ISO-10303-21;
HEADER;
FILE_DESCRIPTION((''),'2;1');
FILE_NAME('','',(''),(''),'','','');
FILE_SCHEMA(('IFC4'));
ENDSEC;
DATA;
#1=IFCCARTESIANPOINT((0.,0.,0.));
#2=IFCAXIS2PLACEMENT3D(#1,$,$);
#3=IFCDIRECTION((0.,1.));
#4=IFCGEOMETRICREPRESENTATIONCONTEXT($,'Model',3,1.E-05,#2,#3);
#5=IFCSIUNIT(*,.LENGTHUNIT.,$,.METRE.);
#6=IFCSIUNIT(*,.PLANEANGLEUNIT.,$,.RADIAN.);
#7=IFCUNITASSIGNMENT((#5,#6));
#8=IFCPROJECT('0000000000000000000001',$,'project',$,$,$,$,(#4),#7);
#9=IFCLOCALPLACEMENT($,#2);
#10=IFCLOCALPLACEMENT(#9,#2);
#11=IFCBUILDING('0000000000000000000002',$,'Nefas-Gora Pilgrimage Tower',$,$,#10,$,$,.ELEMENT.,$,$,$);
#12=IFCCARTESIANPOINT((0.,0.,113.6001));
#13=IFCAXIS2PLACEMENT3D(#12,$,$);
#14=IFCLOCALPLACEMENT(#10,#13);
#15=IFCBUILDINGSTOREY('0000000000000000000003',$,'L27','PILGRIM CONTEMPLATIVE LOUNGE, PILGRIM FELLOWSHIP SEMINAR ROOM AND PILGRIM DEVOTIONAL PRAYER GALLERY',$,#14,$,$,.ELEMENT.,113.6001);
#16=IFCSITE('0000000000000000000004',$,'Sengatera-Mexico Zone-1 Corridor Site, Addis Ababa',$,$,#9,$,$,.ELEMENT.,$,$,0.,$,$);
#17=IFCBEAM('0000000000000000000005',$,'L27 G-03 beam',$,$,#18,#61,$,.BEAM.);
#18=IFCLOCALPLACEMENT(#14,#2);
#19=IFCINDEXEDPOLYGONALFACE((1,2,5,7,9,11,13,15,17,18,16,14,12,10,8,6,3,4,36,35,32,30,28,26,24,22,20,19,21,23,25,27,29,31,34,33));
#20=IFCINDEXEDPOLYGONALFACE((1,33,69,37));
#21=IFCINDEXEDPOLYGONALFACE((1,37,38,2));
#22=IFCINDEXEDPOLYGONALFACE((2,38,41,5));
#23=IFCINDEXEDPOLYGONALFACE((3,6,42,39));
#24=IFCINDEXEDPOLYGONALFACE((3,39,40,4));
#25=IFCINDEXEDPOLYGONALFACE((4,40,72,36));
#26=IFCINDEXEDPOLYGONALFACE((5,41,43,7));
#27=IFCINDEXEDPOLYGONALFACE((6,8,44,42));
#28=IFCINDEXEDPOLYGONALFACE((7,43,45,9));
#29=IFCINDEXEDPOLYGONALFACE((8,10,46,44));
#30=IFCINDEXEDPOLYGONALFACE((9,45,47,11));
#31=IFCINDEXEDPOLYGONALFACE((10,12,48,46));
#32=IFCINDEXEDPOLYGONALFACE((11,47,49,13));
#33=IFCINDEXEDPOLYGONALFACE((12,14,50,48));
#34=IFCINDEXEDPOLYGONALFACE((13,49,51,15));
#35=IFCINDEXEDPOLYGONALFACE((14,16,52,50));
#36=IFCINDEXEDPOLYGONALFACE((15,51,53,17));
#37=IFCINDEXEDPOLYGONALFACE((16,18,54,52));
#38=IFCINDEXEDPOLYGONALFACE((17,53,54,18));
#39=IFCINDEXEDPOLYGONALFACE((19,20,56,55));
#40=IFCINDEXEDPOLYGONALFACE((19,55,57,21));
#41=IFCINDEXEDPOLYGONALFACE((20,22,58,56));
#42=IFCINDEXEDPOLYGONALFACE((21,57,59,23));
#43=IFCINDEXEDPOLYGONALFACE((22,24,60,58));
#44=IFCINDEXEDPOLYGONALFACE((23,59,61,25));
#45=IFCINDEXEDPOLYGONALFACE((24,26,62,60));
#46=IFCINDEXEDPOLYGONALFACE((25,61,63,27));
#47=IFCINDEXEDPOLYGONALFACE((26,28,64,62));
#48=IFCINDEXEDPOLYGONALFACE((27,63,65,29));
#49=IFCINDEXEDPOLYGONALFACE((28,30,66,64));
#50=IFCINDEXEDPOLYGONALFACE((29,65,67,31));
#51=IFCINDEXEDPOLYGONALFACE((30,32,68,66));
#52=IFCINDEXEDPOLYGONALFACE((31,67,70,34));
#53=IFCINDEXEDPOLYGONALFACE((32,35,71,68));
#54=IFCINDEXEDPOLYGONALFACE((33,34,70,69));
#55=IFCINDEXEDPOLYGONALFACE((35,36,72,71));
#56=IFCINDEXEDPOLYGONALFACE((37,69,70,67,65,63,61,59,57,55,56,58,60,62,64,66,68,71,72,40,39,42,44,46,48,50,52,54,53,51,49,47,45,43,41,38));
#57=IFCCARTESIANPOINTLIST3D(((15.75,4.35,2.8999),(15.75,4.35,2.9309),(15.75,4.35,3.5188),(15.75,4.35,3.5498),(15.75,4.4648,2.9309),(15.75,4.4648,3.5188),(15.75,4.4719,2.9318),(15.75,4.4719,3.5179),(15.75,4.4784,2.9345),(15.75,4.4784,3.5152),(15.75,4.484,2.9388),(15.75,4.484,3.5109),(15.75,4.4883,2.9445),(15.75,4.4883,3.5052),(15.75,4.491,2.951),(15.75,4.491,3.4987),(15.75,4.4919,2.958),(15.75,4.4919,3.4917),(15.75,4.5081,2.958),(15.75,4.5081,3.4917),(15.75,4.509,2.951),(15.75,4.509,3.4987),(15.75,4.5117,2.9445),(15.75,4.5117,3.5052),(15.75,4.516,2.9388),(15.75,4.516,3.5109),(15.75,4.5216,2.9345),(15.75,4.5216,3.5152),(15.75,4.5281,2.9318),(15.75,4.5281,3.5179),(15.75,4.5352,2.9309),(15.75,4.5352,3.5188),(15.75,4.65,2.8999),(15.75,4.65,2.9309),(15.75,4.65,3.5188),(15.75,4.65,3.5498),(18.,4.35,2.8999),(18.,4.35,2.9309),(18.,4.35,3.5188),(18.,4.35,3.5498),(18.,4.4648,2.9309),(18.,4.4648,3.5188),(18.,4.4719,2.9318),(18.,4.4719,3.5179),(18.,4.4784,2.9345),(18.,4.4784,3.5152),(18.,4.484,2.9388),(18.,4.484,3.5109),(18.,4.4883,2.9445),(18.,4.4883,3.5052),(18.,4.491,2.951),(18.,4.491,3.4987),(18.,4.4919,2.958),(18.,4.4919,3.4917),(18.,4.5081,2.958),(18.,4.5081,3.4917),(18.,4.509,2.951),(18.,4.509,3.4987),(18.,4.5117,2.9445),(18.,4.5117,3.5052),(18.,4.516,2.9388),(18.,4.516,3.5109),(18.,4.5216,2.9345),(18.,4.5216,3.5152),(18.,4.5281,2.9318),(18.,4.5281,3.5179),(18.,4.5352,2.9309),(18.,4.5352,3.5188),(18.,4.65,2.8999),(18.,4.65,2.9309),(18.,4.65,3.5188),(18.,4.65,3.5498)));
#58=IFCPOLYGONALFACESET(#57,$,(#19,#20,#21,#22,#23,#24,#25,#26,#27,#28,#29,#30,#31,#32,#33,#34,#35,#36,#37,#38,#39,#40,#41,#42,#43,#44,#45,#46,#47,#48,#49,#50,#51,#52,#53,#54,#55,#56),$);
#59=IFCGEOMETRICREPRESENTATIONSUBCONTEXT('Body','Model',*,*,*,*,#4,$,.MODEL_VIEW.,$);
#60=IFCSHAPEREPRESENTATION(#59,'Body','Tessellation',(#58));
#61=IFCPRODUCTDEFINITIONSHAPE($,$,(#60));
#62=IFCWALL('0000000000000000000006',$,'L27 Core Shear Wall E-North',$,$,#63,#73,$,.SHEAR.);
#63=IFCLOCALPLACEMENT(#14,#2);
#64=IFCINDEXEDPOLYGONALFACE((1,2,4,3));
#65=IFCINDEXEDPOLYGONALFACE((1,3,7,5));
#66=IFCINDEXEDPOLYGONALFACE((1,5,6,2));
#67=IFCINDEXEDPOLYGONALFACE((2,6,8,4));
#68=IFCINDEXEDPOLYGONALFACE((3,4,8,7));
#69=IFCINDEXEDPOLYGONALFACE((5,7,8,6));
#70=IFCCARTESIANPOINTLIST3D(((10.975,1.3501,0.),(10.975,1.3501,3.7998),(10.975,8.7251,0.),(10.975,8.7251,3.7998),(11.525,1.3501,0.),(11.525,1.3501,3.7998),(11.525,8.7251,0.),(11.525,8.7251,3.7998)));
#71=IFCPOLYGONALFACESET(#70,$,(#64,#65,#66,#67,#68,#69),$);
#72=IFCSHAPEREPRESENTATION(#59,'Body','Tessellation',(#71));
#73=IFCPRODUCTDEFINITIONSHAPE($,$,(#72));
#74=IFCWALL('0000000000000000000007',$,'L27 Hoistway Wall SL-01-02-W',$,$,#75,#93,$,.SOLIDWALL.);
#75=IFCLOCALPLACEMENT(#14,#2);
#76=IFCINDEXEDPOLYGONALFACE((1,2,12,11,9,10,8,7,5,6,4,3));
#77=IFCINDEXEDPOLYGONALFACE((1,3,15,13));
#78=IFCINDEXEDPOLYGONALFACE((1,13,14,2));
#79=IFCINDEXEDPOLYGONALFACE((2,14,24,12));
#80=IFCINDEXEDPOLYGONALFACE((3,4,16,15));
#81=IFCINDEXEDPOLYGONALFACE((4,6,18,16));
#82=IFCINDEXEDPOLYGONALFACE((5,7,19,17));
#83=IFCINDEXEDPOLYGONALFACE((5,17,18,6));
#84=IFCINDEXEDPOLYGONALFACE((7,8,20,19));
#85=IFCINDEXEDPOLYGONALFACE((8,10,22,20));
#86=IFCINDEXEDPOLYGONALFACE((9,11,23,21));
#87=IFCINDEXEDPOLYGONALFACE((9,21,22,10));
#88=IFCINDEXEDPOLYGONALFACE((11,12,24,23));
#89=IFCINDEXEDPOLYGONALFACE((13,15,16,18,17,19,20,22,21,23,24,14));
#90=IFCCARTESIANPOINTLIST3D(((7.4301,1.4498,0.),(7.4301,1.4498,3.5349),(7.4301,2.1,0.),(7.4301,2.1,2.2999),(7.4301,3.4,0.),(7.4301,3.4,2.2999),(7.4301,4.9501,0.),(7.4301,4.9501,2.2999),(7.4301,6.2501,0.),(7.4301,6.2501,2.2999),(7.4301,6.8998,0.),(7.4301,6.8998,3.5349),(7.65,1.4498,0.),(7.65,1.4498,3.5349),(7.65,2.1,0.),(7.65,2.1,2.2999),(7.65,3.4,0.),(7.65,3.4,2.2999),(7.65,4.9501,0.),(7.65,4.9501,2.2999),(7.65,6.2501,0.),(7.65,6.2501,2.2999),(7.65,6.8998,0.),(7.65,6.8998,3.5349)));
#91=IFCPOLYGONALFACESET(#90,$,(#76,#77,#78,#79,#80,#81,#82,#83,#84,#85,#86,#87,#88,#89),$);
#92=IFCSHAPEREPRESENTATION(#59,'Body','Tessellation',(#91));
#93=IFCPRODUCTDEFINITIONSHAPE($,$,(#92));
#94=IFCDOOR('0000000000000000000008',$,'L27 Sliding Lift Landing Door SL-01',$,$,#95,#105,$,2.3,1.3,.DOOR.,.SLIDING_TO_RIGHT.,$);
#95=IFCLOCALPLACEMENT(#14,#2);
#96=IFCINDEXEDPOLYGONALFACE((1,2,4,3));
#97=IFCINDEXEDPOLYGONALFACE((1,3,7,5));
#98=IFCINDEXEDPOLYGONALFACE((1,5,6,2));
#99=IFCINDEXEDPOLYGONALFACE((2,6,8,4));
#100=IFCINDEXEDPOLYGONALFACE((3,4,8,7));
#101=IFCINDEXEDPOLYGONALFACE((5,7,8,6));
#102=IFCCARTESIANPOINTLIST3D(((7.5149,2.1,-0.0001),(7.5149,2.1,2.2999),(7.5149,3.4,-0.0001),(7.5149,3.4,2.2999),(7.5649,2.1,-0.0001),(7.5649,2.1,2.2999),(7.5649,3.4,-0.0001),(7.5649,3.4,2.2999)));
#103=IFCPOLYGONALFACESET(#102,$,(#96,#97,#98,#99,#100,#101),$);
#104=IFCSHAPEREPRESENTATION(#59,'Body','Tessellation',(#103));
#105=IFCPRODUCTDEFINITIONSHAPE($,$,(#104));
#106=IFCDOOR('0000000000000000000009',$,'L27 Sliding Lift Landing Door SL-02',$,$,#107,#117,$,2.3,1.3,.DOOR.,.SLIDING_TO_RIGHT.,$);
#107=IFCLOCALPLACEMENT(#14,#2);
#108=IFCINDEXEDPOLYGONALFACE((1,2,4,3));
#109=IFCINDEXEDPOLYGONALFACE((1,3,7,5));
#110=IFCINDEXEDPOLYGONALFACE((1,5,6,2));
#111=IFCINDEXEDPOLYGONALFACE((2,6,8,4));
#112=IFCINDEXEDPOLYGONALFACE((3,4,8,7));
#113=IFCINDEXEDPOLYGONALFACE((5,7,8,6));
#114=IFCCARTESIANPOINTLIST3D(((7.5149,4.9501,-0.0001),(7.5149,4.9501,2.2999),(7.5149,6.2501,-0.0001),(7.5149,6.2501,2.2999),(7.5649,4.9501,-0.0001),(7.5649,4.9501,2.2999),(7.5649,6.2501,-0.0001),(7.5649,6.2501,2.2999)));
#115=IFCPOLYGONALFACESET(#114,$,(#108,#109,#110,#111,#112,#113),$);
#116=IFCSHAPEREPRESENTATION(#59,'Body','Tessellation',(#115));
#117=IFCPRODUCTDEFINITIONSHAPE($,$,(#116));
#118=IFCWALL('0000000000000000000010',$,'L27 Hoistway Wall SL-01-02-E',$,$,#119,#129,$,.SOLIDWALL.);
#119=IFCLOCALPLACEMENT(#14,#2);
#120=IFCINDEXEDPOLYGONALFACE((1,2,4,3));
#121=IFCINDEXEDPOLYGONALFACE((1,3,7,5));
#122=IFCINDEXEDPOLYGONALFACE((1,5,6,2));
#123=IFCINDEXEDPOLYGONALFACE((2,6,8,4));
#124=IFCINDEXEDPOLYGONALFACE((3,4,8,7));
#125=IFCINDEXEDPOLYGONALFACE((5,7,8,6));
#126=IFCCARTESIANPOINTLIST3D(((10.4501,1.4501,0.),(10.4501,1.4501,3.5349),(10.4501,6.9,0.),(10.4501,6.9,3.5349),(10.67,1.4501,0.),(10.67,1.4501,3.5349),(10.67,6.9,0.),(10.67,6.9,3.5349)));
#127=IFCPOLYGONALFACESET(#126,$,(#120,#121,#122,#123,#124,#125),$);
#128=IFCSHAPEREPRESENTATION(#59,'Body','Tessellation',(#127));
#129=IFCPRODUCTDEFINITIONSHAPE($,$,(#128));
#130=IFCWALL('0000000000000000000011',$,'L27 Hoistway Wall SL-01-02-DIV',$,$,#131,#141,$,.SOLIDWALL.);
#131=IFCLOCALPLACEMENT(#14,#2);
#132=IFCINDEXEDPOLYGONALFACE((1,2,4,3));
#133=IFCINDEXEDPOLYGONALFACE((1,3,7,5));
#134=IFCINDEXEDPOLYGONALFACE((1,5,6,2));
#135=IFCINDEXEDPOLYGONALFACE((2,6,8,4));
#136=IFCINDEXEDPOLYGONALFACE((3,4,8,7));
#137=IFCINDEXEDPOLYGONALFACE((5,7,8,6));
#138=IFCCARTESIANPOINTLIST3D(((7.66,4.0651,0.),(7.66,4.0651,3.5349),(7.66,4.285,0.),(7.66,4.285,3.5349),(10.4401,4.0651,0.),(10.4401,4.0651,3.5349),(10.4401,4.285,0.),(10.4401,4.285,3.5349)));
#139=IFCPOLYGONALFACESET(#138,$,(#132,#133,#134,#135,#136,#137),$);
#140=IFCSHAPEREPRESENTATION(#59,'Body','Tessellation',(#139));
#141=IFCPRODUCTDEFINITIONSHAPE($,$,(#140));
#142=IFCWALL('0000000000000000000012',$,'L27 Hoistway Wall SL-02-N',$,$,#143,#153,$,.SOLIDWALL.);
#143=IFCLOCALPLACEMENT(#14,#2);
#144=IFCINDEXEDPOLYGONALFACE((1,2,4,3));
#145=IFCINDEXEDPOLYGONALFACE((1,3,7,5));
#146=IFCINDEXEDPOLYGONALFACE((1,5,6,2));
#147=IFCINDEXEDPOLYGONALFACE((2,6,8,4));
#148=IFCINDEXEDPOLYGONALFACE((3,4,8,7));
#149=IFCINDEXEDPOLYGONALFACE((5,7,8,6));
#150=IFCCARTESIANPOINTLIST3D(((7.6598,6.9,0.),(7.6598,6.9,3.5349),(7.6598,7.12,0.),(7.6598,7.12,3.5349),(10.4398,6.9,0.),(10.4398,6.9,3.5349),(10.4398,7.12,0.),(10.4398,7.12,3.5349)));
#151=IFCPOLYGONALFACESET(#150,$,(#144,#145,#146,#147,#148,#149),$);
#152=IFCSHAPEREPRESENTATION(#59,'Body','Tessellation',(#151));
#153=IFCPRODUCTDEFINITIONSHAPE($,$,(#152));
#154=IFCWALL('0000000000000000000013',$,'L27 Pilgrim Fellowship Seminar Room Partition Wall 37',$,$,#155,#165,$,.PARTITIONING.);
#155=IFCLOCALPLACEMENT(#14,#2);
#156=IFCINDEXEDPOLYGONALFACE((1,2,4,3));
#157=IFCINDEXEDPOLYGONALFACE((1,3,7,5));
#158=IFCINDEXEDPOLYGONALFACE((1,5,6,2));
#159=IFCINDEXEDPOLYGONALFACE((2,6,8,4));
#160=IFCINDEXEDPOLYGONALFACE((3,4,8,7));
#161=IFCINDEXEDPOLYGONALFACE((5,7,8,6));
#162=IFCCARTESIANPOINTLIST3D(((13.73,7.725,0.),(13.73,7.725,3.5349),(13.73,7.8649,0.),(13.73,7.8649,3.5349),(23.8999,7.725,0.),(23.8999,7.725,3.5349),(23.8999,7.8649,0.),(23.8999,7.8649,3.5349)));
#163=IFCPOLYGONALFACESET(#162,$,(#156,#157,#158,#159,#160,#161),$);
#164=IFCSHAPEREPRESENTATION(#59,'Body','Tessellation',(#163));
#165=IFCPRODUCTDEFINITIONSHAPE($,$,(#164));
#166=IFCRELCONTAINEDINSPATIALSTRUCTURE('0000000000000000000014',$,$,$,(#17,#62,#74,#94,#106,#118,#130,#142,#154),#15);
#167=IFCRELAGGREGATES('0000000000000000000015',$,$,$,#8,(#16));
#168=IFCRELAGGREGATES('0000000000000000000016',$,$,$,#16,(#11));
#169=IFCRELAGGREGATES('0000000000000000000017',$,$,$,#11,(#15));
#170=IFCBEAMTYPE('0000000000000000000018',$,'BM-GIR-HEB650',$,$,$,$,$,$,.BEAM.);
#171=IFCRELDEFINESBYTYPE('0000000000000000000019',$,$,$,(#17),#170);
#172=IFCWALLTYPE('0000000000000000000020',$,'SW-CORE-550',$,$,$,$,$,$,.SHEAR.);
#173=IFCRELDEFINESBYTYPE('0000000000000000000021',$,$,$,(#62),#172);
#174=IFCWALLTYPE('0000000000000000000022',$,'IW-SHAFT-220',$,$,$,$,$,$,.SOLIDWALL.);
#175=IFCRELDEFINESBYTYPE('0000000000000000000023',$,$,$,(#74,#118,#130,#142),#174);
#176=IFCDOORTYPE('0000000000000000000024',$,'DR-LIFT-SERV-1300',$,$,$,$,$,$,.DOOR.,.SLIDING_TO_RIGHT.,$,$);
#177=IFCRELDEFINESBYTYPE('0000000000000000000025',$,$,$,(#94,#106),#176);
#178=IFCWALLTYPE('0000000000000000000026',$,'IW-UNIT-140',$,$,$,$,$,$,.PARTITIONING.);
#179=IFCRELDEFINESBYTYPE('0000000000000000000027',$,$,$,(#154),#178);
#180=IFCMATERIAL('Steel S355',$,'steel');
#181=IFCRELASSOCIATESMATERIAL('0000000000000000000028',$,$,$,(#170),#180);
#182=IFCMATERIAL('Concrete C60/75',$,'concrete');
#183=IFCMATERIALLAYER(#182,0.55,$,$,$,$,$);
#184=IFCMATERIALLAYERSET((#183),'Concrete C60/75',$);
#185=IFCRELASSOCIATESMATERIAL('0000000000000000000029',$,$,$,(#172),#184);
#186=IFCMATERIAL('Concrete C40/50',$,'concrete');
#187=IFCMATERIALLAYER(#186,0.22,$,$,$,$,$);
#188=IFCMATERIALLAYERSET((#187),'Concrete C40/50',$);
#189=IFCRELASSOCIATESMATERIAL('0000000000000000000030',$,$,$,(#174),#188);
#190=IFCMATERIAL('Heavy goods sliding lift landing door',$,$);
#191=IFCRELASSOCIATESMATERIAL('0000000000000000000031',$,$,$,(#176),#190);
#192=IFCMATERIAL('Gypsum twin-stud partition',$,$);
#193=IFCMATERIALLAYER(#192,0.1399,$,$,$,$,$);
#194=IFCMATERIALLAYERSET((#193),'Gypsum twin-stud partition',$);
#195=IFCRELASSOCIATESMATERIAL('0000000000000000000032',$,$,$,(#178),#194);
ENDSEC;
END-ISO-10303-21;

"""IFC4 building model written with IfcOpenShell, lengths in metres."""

from ifc_helpers import new_model, si_unit, direction, frame, frame_2d, origin, origin_2d, place, context, subcontext, project, spatial, rectangle, i_section, extrude, source, transform, mapped, material, layer, layer_set, material_profile, profile_set, type_object, element, fill, save


model = new_model("IFC4")

# Units and contexts
model_context = context("Model", 3, precision=1e-05, world=origin(), true_north=direction((0.0, 1.0)))
body_context = subcontext(model_context, "Body", "Model", "MODEL_VIEW")
ifc_project = project(units=[si_unit("LENGTHUNIT", "METRE"), si_unit("PLANEANGLEUNIT", "RADIAN")], contexts=[model_context])

# Site, building, storey
site_placement = place(None, origin())
site = spatial("IfcSite", under=ifc_project, at=site_placement, Name="Sengatera-Mexico Zone-1 Corridor Site, Addis Ababa", CompositionType="ELEMENT", RefElevation=0.0)
building_placement = place(site_placement, origin())
building = spatial("IfcBuilding", under=site, at=building_placement, Name="Nefas-Gora Pilgrimage Tower", CompositionType="ELEMENT")
storey_placement = place(building_placement, frame((0.0, 0.0, 113.6001)))
storey = spatial("IfcBuildingStorey", under=building, at=storey_placement, Name="L27", Description="PILGRIM CONTEMPLATIVE LOUNGE, PILGRIM FELLOWSHIP SEMINAR ROOM AND PILGRIM DEVOTIONAL PRAYER GALLERY", CompositionType="ELEMENT", Elevation=113.6001)

# Beam
ifc_material_1 = material(Name="Steel S355", Category="steel")
ifc_material_profile_1 = material_profile(ifc_material_1, i_section(OverallWidth=0.3, OverallDepth=0.6499, WebThickness=0.0161, FlangeThickness=0.031, FilletRadius=0.0271, at=origin_2d()), Name="HEB 650")
ifc_profile_set_1 = profile_set([ifc_material_profile_1], Name="Steel S355")
beam_type = type_object("IfcBeamType", Name="BM-GIR-HEB650", PredefinedType="BEAM", material=ifc_profile_set_1)
shared_shape_1 = source(origin(), body_context, "Body", "SweptSolid", [
    extrude(i_section(OverallWidth=0.3, OverallDepth=0.6499, WebThickness=0.0161, FlangeThickness=0.031, FilletRadius=0.0271, at=origin_2d()), origin(), (0.0, 0.0, 1.0), 2.25),
])
for number, where, z_axis, x_axis, name in (
    (1, (15.75, 4.5, 3.2249), (1.0, 0.0, 0.0), (0.0, 1.0, 0.0), "L27 G-03 beam"),
):
    element("IfcBeam", number, at=place(storey_placement, frame(where, z_axis=z_axis, x_axis=x_axis)), inside=storey, type_object=beam_type, Name=name, PredefinedType="BEAM", context=body_context, shape_type="MappedRepresentation", body=[
        mapped(shared_shape_1, transform((0.0, 0.0, 0.0), x_axis=(1.0, 0.0, 0.0), y_axis=(0.0, 1.0, 0.0), z_axis=(0.0, 0.0, 1.0), scale=1.0)),
    ])

# Wall
ifc_material_2 = material(Name="Concrete C60/75", Category="concrete")
ifc_layer_1 = layer(ifc_material_2, 0.55)
ifc_layer_set_1 = layer_set([ifc_layer_1], Name="Concrete C60/75")
wall_type_1 = type_object("IfcWallType", Name="SW-CORE-550", PredefinedType="SHEAR", material=ifc_layer_set_1)
shared_shape_2 = source(origin(), body_context, "Body", "SweptSolid", [
    extrude(rectangle(XDim=7.375, YDim=0.55, at=frame_2d((3.6875, 0.0))), origin(), (0.0, 0.0, 1.0), 3.7998),
])
wall_1_placement = place(storey_placement, frame((11.25, 1.3501, 0.0), z_axis=(0.0, 0.0, 1.0), x_axis=(0.0, 1.0, 0.0)))
element("IfcWall", 2, at=wall_1_placement, inside=storey, type_object=wall_type_1, Name="L27 Core Shear Wall E-North", PredefinedType="SHEAR", context=body_context, shape_type="MappedRepresentation", body=[
    mapped(shared_shape_2, transform((0.0, 0.0, 0.0), x_axis=(1.0, 0.0, 0.0), y_axis=(0.0, 1.0, 0.0), z_axis=(0.0, 0.0, 1.0), scale=1.0)),
])

# Wall, openings, doors
ifc_material_3 = material(Name="Concrete C40/50", Category="concrete")
ifc_layer_2 = layer(ifc_material_3, 0.22)
ifc_layer_set_2 = layer_set([ifc_layer_2], Name="Concrete C40/50")
wall_type_2 = type_object("IfcWallType", Name="IW-SHAFT-220", PredefinedType="SOLIDWALL", material=ifc_layer_set_2)
shared_shape_3 = source(origin(), body_context, "Body", "SweptSolid", [
    extrude(rectangle(XDim=5.45, YDim=0.22, at=frame_2d((2.7251, 0.0))), origin(), (0.0, 0.0, 1.0), 3.5349),
])
wall_2_placement = place(storey_placement, frame((7.54, 6.8999, 0.0), z_axis=(0.0, 0.0, 1.0), x_axis=(0.0, -1.0, 0.0)))
wall_2 = element("IfcWall", 3, at=wall_2_placement, inside=storey, type_object=wall_type_2, Name="L27 Hoistway Wall SL-01-02-W", PredefinedType="SOLIDWALL", context=body_context, shape_type="MappedRepresentation", body=[
    mapped(shared_shape_3, transform((0.0, 0.0, 0.0), x_axis=(1.0, 0.0, 0.0), y_axis=(0.0, 1.0, 0.0), z_axis=(0.0, 0.0, 1.0), scale=1.0)),
])
opening_1_placement = place(wall_2_placement, frame((3.5, 0.0, 0.0)))
opening_1 = element("IfcOpeningElement", 4, at=opening_1_placement, cuts=wall_2, PredefinedType="OPENING", context=body_context, shape_type="SweptSolid", body=[
    extrude(rectangle(XDim=1.3, YDim=2.3, at=frame_2d((0.6499, 1.1499))), frame((0.0, 0.1199, 0.0), z_axis=(0.0, -1.0, 0.0), x_axis=(1.0, 0.0, 0.0)), (0.0, 0.0, 1.0), 0.24),
])
opening_2_placement = place(wall_2_placement, frame((0.6499, 0.0, 0.0)))
opening_2 = element("IfcOpeningElement", 5, at=opening_2_placement, cuts=wall_2, PredefinedType="OPENING", context=body_context, shape_type="SweptSolid", body=[
    extrude(rectangle(XDim=1.3, YDim=2.3, at=frame_2d((0.6499, 1.1499))), frame((0.0, 0.1199, 0.0), z_axis=(0.0, -1.0, 0.0), x_axis=(1.0, 0.0, 0.0)), (0.0, 0.0, 1.0), 0.24),
])
ifc_material_4 = material(Name="Heavy goods sliding lift landing door")
door_type_1 = type_object("IfcDoorType", Name="DR-LIFT-SERV-1300", OperationType="SLIDING_TO_RIGHT", PredefinedType="DOOR", material=ifc_material_4)
shared_shape_4 = source(origin(), body_context, "Body", "SweptSolid", [
    extrude(rectangle(XDim=1.3, YDim=2.3, at=frame_2d((0.6499, 1.1499))), frame((0.0, 0.0249, 0.0), z_axis=(0.0, -1.0, 0.0), x_axis=(1.0, 0.0, 0.0)), (0.0, 0.0, 1.0), 0.05),
])
door_1_placement = place(opening_1_placement, origin())
door_1 = element("IfcDoor", 6, at=door_1_placement, inside=storey, type_object=door_type_1, Name="L27 Sliding Lift Landing Door SL-01", OperationType="SLIDING_TO_RIGHT", OverallHeight=2.3, OverallWidth=1.3, PredefinedType="DOOR", context=body_context, shape_type="MappedRepresentation", body=[
    mapped(shared_shape_4, transform((0.0, 0.0, 0.0), x_axis=(1.0, 0.0, 0.0), y_axis=(0.0, 1.0, 0.0), z_axis=(0.0, 0.0, 1.0), scale=1.0)),
])
fill(opening_1, door_1)
door_2_placement = place(opening_2_placement, origin())
door_2 = element("IfcDoor", 7, at=door_2_placement, inside=storey, type_object=door_type_1, Name="L27 Sliding Lift Landing Door SL-02", OperationType="SLIDING_TO_RIGHT", OverallHeight=2.3, OverallWidth=1.3, PredefinedType="DOOR", context=body_context, shape_type="MappedRepresentation", body=[
    mapped(shared_shape_4, transform((0.0, 0.0, 0.0), x_axis=(1.0, 0.0, 0.0), y_axis=(0.0, 1.0, 0.0), z_axis=(0.0, 0.0, 1.0), scale=1.0)),
])
fill(opening_2, door_2)

# Walls
wall_3_placement = place(storey_placement, frame((10.5601, 1.45, 0.0), z_axis=(0.0, 0.0, 1.0), x_axis=(0.0, 1.0, 0.0)))
element("IfcWall", 8, at=wall_3_placement, inside=storey, type_object=wall_type_2, Name="L27 Hoistway Wall SL-01-02-E", PredefinedType="SOLIDWALL", context=body_context, shape_type="MappedRepresentation", body=[
    mapped(shared_shape_3, transform((0.0, 0.0, 0.0), x_axis=(1.0, 0.0, 0.0), y_axis=(0.0, 1.0, 0.0), z_axis=(0.0, 0.0, 1.0), scale=1.0)),
])
shared_shape_5 = source(origin(), body_context, "Body", "SweptSolid", [
    extrude(rectangle(XDim=2.78, YDim=0.22, at=frame_2d((1.3901, 0.0))), origin(), (0.0, 0.0, 1.0), 3.5349),
])
for number, where, z_axis, x_axis, name in (
    (9, (7.6599, 4.175, 0.0), (0.0, 0.0, 1.0), (1.0, 0.0, 0.0), "L27 Hoistway Wall SL-01-02-DIV"),
    (10, (10.4399, 7.01, 0.0), (0.0, 0.0, 1.0), (-1.0, 0.0, 0.0), "L27 Hoistway Wall SL-02-N"),
):
    element("IfcWall", number, at=place(storey_placement, frame(where, z_axis=z_axis, x_axis=x_axis)), inside=storey, type_object=wall_type_2, Name=name, PredefinedType="SOLIDWALL", context=body_context, shape_type="MappedRepresentation", body=[
        mapped(shared_shape_5, transform((0.0, 0.0, 0.0), x_axis=(1.0, 0.0, 0.0), y_axis=(0.0, 1.0, 0.0), z_axis=(0.0, 0.0, 1.0), scale=1.0)),
    ])
ifc_material_5 = material(Name="Gypsum twin-stud partition")
ifc_layer_3 = layer(ifc_material_5, 0.1399)
ifc_layer_set_3 = layer_set([ifc_layer_3], Name="Gypsum twin-stud partition")
wall_type_3 = type_object("IfcWallType", Name="IW-UNIT-140", PredefinedType="PARTITIONING", material=ifc_layer_set_3)
shared_shape_6 = source(origin(), body_context, "Body", "SweptSolid", [
    extrude(rectangle(XDim=10.1699, YDim=0.1399, at=frame_2d((5.085, 0.0))), origin(), (0.0, 0.0, 1.0), 3.5349),
])
wall_4_placement = place(storey_placement, frame((13.73, 7.7949, 0.0), z_axis=(0.0, 0.0, 1.0), x_axis=(1.0, 0.0, 0.0)))
element("IfcWall", 11, at=wall_4_placement, inside=storey, type_object=wall_type_3, Name="L27 Pilgrim Fellowship Seminar Room Partition Wall 37", PredefinedType="PARTITIONING", context=body_context, shape_type="MappedRepresentation", body=[
    mapped(shared_shape_6, transform((0.0, 0.0, 0.0), x_axis=(1.0, 0.0, 0.0), y_axis=(0.0, 1.0, 0.0), z_axis=(0.0, 0.0, 1.0), scale=1.0)),
])

save(model, "model.ifc")
